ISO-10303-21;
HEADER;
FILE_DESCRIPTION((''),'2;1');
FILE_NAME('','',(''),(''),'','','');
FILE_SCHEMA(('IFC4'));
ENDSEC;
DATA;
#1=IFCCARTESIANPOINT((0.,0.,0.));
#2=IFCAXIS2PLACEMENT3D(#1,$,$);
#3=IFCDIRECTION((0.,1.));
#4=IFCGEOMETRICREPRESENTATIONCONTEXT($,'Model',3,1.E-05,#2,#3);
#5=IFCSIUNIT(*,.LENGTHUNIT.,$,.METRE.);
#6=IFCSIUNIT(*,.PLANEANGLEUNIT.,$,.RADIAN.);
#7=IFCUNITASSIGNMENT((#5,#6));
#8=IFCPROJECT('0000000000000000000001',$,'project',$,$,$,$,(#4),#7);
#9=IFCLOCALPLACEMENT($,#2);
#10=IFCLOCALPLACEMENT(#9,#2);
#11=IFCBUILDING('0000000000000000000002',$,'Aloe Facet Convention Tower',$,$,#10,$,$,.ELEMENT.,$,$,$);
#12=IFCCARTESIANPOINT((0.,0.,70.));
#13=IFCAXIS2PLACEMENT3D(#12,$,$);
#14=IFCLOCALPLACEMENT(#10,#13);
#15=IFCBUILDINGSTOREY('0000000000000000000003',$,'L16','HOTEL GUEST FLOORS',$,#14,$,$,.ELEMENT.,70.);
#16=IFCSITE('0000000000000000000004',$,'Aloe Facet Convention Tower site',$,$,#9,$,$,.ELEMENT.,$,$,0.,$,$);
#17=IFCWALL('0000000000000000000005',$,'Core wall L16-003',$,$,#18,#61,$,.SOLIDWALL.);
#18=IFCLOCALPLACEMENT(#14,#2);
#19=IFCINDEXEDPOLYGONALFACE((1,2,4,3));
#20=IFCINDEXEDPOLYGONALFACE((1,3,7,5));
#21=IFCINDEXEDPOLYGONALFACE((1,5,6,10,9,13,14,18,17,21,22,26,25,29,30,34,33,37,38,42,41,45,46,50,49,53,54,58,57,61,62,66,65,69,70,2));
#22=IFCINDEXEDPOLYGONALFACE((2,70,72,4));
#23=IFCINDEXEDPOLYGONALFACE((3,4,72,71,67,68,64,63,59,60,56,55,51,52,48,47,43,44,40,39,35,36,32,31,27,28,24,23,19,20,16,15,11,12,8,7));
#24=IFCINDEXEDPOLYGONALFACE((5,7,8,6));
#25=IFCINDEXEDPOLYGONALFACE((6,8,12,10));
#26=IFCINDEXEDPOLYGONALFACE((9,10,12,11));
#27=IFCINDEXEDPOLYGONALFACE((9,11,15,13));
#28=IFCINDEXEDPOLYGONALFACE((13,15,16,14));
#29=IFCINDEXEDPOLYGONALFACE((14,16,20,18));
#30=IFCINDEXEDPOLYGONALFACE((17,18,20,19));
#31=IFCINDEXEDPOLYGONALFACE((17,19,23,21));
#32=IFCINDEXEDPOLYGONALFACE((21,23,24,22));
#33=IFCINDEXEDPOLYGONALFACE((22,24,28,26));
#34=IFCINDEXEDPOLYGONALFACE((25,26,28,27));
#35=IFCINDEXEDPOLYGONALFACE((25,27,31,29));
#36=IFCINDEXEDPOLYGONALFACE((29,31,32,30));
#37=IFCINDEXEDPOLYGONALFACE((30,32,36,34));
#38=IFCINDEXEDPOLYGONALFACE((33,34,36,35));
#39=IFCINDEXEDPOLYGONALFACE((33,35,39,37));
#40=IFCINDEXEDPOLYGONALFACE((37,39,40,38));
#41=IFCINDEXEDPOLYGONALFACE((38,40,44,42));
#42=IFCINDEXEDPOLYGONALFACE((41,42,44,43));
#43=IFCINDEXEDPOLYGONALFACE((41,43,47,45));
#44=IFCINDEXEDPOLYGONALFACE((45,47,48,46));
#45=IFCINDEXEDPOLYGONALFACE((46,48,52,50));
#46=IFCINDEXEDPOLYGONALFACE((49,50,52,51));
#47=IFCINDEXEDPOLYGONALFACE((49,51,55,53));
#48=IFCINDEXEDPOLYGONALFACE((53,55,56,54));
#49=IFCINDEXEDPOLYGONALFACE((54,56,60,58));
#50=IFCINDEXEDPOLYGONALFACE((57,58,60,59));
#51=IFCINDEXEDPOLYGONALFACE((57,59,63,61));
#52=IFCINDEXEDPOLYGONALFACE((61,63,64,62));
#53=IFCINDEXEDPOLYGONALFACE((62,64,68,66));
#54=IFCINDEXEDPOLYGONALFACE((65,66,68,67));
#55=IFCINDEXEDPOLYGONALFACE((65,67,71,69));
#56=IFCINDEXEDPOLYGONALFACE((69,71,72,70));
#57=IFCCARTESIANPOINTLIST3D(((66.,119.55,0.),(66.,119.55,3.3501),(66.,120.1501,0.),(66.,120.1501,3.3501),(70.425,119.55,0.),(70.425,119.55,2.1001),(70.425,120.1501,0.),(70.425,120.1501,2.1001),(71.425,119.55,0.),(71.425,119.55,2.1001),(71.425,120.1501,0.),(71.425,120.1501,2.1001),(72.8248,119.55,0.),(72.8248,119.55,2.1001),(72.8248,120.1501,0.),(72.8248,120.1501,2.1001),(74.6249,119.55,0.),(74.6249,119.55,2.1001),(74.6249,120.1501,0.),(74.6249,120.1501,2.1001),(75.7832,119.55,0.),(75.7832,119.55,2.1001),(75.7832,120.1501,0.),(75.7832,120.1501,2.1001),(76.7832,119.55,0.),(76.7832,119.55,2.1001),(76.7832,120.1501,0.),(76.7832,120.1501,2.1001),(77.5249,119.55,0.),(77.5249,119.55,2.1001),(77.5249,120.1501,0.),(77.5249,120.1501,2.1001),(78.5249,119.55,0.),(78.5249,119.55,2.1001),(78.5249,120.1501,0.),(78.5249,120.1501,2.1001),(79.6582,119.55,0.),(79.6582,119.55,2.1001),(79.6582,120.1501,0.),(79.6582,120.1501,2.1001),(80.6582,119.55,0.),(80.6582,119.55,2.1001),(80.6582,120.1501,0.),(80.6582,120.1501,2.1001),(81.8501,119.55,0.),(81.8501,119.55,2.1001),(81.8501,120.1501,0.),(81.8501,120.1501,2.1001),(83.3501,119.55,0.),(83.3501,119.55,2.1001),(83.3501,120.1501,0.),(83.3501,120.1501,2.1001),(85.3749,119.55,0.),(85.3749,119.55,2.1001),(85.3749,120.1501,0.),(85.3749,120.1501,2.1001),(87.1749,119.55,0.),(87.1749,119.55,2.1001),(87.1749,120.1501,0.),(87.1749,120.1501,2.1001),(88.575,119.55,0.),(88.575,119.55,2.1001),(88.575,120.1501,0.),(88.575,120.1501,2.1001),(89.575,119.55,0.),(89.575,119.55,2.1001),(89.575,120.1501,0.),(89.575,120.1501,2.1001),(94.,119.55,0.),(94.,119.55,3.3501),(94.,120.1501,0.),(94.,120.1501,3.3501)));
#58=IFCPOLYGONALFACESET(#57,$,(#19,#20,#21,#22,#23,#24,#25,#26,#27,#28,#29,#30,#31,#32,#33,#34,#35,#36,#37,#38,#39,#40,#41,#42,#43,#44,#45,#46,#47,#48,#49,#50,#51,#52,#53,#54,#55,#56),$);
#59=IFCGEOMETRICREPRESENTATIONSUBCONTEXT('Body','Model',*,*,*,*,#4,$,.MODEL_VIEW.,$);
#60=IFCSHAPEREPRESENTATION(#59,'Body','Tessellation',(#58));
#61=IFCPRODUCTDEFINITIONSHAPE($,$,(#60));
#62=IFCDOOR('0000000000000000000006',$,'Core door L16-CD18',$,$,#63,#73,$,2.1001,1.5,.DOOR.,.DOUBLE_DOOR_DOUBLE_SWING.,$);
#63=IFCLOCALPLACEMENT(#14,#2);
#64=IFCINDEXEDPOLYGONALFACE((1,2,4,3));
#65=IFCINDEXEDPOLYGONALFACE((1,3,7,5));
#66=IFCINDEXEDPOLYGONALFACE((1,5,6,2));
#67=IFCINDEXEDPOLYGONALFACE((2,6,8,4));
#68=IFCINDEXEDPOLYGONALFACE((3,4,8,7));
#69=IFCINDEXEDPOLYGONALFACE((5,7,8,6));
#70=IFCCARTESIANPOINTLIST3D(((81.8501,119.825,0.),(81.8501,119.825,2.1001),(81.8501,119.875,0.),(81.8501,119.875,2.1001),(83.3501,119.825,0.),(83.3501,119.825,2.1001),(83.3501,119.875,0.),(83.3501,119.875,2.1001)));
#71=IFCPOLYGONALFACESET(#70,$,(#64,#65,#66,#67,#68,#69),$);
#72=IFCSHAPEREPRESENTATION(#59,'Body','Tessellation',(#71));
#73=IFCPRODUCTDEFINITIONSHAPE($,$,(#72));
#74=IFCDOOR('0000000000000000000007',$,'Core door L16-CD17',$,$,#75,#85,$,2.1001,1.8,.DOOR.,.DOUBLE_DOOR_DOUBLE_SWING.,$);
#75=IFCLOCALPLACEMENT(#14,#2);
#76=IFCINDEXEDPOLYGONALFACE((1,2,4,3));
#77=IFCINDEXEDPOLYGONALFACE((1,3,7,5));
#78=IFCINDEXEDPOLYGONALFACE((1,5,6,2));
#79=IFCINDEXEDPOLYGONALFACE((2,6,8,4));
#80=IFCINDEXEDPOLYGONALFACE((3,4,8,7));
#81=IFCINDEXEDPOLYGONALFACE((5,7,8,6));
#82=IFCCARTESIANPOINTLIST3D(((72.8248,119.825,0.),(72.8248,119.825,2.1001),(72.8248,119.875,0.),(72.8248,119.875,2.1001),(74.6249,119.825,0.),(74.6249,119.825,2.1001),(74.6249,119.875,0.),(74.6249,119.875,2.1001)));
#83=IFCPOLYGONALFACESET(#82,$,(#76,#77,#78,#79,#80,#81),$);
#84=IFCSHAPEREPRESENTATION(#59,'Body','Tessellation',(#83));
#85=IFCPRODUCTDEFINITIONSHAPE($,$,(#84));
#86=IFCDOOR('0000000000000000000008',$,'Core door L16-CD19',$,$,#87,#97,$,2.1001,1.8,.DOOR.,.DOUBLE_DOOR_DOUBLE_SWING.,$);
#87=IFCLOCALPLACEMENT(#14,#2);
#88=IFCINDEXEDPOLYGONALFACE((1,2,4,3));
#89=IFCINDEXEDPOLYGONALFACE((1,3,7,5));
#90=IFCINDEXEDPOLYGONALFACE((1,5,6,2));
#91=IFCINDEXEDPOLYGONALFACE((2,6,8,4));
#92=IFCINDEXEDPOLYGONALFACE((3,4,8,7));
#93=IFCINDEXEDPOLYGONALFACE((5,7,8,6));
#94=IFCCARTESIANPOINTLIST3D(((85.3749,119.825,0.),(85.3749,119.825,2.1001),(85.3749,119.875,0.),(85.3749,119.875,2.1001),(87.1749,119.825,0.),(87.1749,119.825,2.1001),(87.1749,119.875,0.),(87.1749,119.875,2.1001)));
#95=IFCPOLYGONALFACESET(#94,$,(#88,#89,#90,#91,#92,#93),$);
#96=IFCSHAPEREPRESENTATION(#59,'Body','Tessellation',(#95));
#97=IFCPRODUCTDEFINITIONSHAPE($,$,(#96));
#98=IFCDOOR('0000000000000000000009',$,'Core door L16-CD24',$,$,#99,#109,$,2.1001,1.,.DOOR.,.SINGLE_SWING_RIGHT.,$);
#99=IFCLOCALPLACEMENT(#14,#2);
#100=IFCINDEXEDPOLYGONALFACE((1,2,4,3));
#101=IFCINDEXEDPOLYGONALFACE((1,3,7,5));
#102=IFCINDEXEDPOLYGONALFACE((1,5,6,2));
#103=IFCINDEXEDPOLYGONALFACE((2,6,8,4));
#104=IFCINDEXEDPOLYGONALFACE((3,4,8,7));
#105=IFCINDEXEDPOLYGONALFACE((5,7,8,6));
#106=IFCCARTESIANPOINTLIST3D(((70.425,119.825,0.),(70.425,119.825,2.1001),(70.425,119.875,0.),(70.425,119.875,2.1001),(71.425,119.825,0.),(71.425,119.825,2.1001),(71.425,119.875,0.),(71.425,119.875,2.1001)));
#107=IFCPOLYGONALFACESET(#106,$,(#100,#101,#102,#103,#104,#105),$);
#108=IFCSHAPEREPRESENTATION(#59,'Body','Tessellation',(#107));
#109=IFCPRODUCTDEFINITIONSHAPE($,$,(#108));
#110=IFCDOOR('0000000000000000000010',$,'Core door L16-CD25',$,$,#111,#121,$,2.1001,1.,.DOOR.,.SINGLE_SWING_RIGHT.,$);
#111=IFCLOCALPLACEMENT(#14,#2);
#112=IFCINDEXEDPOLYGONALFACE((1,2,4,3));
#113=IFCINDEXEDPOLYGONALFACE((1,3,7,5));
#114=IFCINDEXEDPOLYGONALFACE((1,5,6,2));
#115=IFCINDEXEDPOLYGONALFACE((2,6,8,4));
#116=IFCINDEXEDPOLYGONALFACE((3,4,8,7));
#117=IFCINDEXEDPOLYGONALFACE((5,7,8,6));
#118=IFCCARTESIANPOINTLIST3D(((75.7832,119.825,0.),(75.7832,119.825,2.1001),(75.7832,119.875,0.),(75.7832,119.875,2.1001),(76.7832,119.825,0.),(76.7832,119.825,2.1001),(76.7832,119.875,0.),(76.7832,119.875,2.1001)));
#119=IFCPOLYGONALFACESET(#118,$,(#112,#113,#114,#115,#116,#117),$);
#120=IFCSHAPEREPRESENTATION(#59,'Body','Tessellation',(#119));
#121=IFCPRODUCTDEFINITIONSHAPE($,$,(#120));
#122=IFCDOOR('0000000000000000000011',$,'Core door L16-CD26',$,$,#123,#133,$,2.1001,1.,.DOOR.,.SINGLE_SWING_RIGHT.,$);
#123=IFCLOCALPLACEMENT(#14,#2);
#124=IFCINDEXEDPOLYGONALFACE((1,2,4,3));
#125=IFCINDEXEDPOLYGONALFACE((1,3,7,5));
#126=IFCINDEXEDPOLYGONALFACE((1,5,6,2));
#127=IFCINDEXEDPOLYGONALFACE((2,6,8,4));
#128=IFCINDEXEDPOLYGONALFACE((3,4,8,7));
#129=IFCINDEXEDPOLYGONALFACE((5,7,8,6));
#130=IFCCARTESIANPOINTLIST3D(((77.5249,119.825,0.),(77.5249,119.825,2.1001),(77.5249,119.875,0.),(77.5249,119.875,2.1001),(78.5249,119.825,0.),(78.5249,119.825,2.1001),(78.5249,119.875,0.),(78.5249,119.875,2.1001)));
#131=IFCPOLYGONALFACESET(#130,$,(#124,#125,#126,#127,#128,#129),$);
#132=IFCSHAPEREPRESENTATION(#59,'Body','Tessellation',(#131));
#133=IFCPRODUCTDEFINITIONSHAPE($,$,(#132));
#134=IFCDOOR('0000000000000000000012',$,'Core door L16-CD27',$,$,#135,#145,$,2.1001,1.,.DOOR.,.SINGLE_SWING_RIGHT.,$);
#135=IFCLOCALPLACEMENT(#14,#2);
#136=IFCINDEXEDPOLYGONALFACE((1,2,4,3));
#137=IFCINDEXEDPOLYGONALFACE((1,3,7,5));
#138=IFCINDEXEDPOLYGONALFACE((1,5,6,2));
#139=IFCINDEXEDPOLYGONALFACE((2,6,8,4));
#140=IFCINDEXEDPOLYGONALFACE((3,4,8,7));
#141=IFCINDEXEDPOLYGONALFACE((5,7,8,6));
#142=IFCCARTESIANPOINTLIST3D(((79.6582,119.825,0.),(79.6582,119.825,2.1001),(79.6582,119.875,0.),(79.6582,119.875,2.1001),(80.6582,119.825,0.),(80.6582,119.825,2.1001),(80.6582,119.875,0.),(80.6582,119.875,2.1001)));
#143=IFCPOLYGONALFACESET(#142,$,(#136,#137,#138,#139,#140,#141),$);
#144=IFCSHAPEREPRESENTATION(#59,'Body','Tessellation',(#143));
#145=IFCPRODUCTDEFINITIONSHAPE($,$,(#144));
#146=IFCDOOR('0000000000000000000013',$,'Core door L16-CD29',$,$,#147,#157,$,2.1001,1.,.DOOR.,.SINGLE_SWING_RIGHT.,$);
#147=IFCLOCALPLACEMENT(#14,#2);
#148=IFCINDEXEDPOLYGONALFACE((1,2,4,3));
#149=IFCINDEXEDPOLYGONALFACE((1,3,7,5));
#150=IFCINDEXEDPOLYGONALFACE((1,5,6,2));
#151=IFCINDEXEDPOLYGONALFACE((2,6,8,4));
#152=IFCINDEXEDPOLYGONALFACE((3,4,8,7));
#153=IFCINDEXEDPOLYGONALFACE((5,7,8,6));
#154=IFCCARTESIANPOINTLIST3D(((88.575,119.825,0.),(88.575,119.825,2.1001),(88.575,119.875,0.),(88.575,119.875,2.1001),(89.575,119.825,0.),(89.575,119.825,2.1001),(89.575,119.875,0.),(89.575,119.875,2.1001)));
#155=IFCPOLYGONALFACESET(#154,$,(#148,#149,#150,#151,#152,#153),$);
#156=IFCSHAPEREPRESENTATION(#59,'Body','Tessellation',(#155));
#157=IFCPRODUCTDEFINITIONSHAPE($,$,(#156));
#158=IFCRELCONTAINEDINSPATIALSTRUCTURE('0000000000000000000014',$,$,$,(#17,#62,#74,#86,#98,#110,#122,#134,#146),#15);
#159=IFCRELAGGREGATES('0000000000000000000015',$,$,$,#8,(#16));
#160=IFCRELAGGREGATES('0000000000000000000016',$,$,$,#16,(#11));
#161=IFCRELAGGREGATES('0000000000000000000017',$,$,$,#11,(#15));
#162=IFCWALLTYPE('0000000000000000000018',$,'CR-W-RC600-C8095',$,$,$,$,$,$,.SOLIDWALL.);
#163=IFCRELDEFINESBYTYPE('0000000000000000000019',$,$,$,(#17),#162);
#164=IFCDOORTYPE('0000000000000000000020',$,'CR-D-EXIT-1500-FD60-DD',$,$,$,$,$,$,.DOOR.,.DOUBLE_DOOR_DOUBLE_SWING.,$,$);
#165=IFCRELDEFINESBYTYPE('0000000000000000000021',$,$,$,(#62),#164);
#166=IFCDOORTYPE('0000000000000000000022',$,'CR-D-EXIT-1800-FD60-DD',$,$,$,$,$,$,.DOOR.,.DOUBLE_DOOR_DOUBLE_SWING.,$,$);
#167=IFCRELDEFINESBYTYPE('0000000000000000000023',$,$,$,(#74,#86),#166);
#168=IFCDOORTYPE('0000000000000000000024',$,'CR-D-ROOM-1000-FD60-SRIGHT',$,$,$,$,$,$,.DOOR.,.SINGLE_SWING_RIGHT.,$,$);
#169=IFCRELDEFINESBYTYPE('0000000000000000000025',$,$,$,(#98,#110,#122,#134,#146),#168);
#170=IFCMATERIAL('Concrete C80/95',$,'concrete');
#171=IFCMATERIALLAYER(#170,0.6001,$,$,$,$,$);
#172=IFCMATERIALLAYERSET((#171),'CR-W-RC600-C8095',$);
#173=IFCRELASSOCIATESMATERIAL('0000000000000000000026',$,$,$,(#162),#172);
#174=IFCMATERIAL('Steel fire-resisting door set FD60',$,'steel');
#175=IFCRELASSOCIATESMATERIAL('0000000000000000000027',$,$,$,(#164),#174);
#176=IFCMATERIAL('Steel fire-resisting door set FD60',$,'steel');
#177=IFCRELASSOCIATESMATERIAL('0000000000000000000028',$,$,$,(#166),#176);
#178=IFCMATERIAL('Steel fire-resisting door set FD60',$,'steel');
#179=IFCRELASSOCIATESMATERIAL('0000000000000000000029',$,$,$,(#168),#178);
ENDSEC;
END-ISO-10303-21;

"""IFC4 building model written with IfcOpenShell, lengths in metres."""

from ifc_helpers import new_model, si_unit, direction, frame, frame_2d, origin, place, context, subcontext, project, spatial, rectangle, extrude, material, layer, layer_set, type_object, element, fill, save


model = new_model("IFC4")

# Units and contexts
model_context = context("Model", 3, precision=1e-05, world=origin(), true_north=direction((0.0, 1.0)))
body_context = subcontext(model_context, "Body", "Model", "MODEL_VIEW")
ifc_project = project(units=[si_unit("LENGTHUNIT", "METRE"), si_unit("PLANEANGLEUNIT", "RADIAN")], contexts=[model_context])

# Site, building, storey
site_placement = place(None, origin())
site = spatial("IfcSite", under=ifc_project, at=site_placement, Name="Aloe Facet Convention Tower site", CompositionType="ELEMENT", RefElevation=0.0)
building_placement = place(site_placement, origin())
building = spatial("IfcBuilding", under=site, at=building_placement, Name="Aloe Facet Convention Tower", CompositionType="ELEMENT")
storey_placement = place(building_placement, frame((0.0, 0.0, 70.0)))
storey = spatial("IfcBuildingStorey", under=building, at=storey_placement, Name="L16", Description="HOTEL GUEST FLOORS", CompositionType="ELEMENT", Elevation=70.0)

# Wall, openings, doors
ifc_material_1 = material(Name="Concrete C80/95", Category="concrete")
ifc_layer_1 = layer(ifc_material_1, 0.6001)
ifc_layer_set_1 = layer_set([ifc_layer_1], Name="CR-W-RC600-C8095")
wall_type_1 = type_object("IfcWallType", Name="CR-W-RC600-C8095", PredefinedType="SOLIDWALL", material=ifc_layer_set_1)
wall_1_placement = place(storey_placement, frame((66.0, 119.8501, 0.0), z_axis=(0.0, 0.0, 1.0), x_axis=(1.0, 0.0, 0.0)))
wall_1 = element("IfcWall", 1, at=wall_1_placement, inside=storey, type_object=wall_type_1, Name="Core wall L16-003", PredefinedType="SOLIDWALL", context=body_context, shape_type="SweptSolid", body=[
    extrude(rectangle(XDim=28.0, YDim=0.6001, at=frame_2d((14.0, 0.0))), origin(), (0.0, 0.0, 1.0), 3.3501),
])
opening_1_placement = place(wall_1_placement, frame((6.825, 0.0, 0.0)))
opening_1 = element("IfcOpeningElement", 2, at=opening_1_placement, cuts=wall_1, PredefinedType="OPENING", context=body_context, shape_type="SweptSolid", body=[
    extrude(rectangle(XDim=1.8, YDim=2.1001, at=frame_2d((0.8999, 1.05))), frame((0.0, 0.3101, 0.0), z_axis=(0.0, -1.0, 0.0), x_axis=(1.0, 0.0, 0.0)), (0.0, 0.0, 1.0), 0.6201),
])
opening_2_placement = place(wall_1_placement, frame((15.8501, 0.0, 0.0)))
opening_2 = element("IfcOpeningElement", 3, at=opening_2_placement, cuts=wall_1, PredefinedType="OPENING", context=body_context, shape_type="SweptSolid", body=[
    extrude(rectangle(XDim=1.5, YDim=2.1001, at=frame_2d((0.75, 1.05))), frame((0.0, 0.3101, 0.0), z_axis=(0.0, -1.0, 0.0), x_axis=(1.0, 0.0, 0.0)), (0.0, 0.0, 1.0), 0.6201),
])
opening_3_placement = place(wall_1_placement, frame((19.375, 0.0, 0.0)))
opening_3 = element("IfcOpeningElement", 4, at=opening_3_placement, cuts=wall_1, PredefinedType="OPENING", context=body_context, shape_type="SweptSolid", body=[
    extrude(rectangle(XDim=1.8, YDim=2.1001, at=frame_2d((0.8999, 1.05))), frame((0.0, 0.3101, 0.0), z_axis=(0.0, -1.0, 0.0), x_axis=(1.0, 0.0, 0.0)), (0.0, 0.0, 1.0), 0.6201),
])
opening_4_placement = place(wall_1_placement, frame((4.425, 0.0, 0.0)))
opening_4 = element("IfcOpeningElement", 5, at=opening_4_placement, cuts=wall_1, PredefinedType="OPENING", context=body_context, shape_type="SweptSolid", body=[
    extrude(rectangle(XDim=1.0, YDim=2.1001, at=frame_2d((0.5, 1.05))), frame((0.0, 0.3101, 0.0), z_axis=(0.0, -1.0, 0.0), x_axis=(1.0, 0.0, 0.0)), (0.0, 0.0, 1.0), 0.6201),
])
opening_5_placement = place(wall_1_placement, frame((9.7832, 0.0, 0.0)))
opening_5 = element("IfcOpeningElement", 6, at=opening_5_placement, cuts=wall_1, PredefinedType="OPENING", context=body_context, shape_type="SweptSolid", body=[
    extrude(rectangle(XDim=1.0, YDim=2.1001, at=frame_2d((0.5, 1.05))), frame((0.0, 0.3101, 0.0), z_axis=(0.0, -1.0, 0.0), x_axis=(1.0, 0.0, 0.0)), (0.0, 0.0, 1.0), 0.6201),
])
opening_6_placement = place(wall_1_placement, frame((11.5249, 0.0, 0.0)))
opening_6 = element("IfcOpeningElement", 7, at=opening_6_placement, cuts=wall_1, PredefinedType="OPENING", context=body_context, shape_type="SweptSolid", body=[
    extrude(rectangle(XDim=1.0, YDim=2.1001, at=frame_2d((0.5, 1.05))), frame((0.0, 0.3101, 0.0), z_axis=(0.0, -1.0, 0.0), x_axis=(1.0, 0.0, 0.0)), (0.0, 0.0, 1.0), 0.6201),
])
opening_7_placement = place(wall_1_placement, frame((13.6582, 0.0, 0.0)))
opening_7 = element("IfcOpeningElement", 8, at=opening_7_placement, cuts=wall_1, PredefinedType="OPENING", context=body_context, shape_type="SweptSolid", body=[
    extrude(rectangle(XDim=1.0, YDim=2.1001, at=frame_2d((0.5, 1.05))), frame((0.0, 0.3101, 0.0), z_axis=(0.0, -1.0, 0.0), x_axis=(1.0, 0.0, 0.0)), (0.0, 0.0, 1.0), 0.6201),
])
opening_8_placement = place(wall_1_placement, frame((22.575, 0.0, 0.0)))
opening_8 = element("IfcOpeningElement", 9, at=opening_8_placement, cuts=wall_1, PredefinedType="OPENING", context=body_context, shape_type="SweptSolid", body=[
    extrude(rectangle(XDim=1.0, YDim=2.1001, at=frame_2d((0.5, 1.05))), frame((0.0, 0.3101, 0.0), z_axis=(0.0, -1.0, 0.0), x_axis=(1.0, 0.0, 0.0)), (0.0, 0.0, 1.0), 0.6201),
])
ifc_material_2 = material(Name="Steel fire-resisting door set FD60", Category="steel")
door_type_1 = type_object("IfcDoorType", Name="CR-D-EXIT-1500-FD60-DD", OperationType="DOUBLE_DOOR_DOUBLE_SWING", PredefinedType="DOOR", material=ifc_material_2)
door_1_placement = place(opening_2_placement, origin())
door_1 = element("IfcDoor", 10, at=door_1_placement, inside=storey, type_object=door_type_1, Name="Core door L16-CD18", OperationType="DOUBLE_DOOR_DOUBLE_SWING", OverallHeight=2.1001, OverallWidth=1.5, PredefinedType="DOOR", context=body_context, shape_type="SweptSolid", body=[
    extrude(rectangle(XDim=1.5, YDim=2.1001, at=frame_2d((0.75, 1.05))), frame((0.0, 0.0249, 0.0), z_axis=(0.0, -1.0, 0.0), x_axis=(1.0, 0.0, 0.0)), (0.0, 0.0, 1.0), 0.05),
])
fill(opening_2, door_1)
ifc_material_3 = material(Name="Steel fire-resisting door set FD60", Category="steel")
door_type_2 = type_object("IfcDoorType", Name="CR-D-EXIT-1800-FD60-DD", OperationType="DOUBLE_DOOR_DOUBLE_SWING", PredefinedType="DOOR", material=ifc_material_3)
door_2_placement = place(opening_1_placement, origin())
door_2 = element("IfcDoor", 11, at=door_2_placement, inside=storey, type_object=door_type_2, Name="Core door L16-CD17", OperationType="DOUBLE_DOOR_DOUBLE_SWING", OverallHeight=2.1001, OverallWidth=1.8, PredefinedType="DOOR", context=body_context, shape_type="SweptSolid", body=[
    extrude(rectangle(XDim=1.8, YDim=2.1001, at=frame_2d((0.8999, 1.05))), frame((0.0, 0.0249, 0.0), z_axis=(0.0, -1.0, 0.0), x_axis=(1.0, 0.0, 0.0)), (0.0, 0.0, 1.0), 0.05),
])
fill(opening_1, door_2)
door_3_placement = place(opening_3_placement, origin())
door_3 = element("IfcDoor", 12, at=door_3_placement, inside=storey, type_object=door_type_2, Name="Core door L16-CD19", OperationType="DOUBLE_DOOR_DOUBLE_SWING", OverallHeight=2.1001, OverallWidth=1.8, PredefinedType="DOOR", context=body_context, shape_type="SweptSolid", body=[
    extrude(rectangle(XDim=1.8, YDim=2.1001, at=frame_2d((0.8999, 1.05))), frame((0.0, 0.0249, 0.0), z_axis=(0.0, -1.0, 0.0), x_axis=(1.0, 0.0, 0.0)), (0.0, 0.0, 1.0), 0.05),
])
fill(opening_3, door_3)
ifc_material_4 = material(Name="Steel fire-resisting door set FD60", Category="steel")
door_type_3 = type_object("IfcDoorType", Name="CR-D-ROOM-1000-FD60-SRIGHT", OperationType="SINGLE_SWING_RIGHT", PredefinedType="DOOR", material=ifc_material_4)
door_4_placement = place(opening_4_placement, origin())
door_4 = element("IfcDoor", 13, at=door_4_placement, inside=storey, type_object=door_type_3, Name="Core door L16-CD24", OperationType="SINGLE_SWING_RIGHT", OverallHeight=2.1001, OverallWidth=1.0, PredefinedType="DOOR", context=body_context, shape_type="SweptSolid", body=[
    extrude(rectangle(XDim=1.0, YDim=2.1001, at=frame_2d((0.5, 1.05))), frame((0.0, 0.0249, 0.0), z_axis=(0.0, -1.0, 0.0), x_axis=(1.0, 0.0, 0.0)), (0.0, 0.0, 1.0), 0.05),
])
fill(opening_4, door_4)
door_5_placement = place(opening_5_placement, origin())
door_5 = element("IfcDoor", 14, at=door_5_placement, inside=storey, type_object=door_type_3, Name="Core door L16-CD25", OperationType="SINGLE_SWING_RIGHT", OverallHeight=2.1001, OverallWidth=1.0, PredefinedType="DOOR", context=body_context, shape_type="SweptSolid", body=[
    extrude(rectangle(XDim=1.0, YDim=2.1001, at=frame_2d((0.5, 1.05))), frame((0.0, 0.0249, 0.0), z_axis=(0.0, -1.0, 0.0), x_axis=(1.0, 0.0, 0.0)), (0.0, 0.0, 1.0), 0.05),
])
fill(opening_5, door_5)
door_6_placement = place(opening_6_placement, origin())
door_6 = element("IfcDoor", 15, at=door_6_placement, inside=storey, type_object=door_type_3, Name="Core door L16-CD26", OperationType="SINGLE_SWING_RIGHT", OverallHeight=2.1001, OverallWidth=1.0, PredefinedType="DOOR", context=body_context, shape_type="SweptSolid", body=[
    extrude(rectangle(XDim=1.0, YDim=2.1001, at=frame_2d((0.5, 1.05))), frame((0.0, 0.0249, 0.0), z_axis=(0.0, -1.0, 0.0), x_axis=(1.0, 0.0, 0.0)), (0.0, 0.0, 1.0), 0.05),
])
fill(opening_6, door_6)
door_7_placement = place(opening_7_placement, origin())
door_7 = element("IfcDoor", 16, at=door_7_placement, inside=storey, type_object=door_type_3, Name="Core door L16-CD27", OperationType="SINGLE_SWING_RIGHT", OverallHeight=2.1001, OverallWidth=1.0, PredefinedType="DOOR", context=body_context, shape_type="SweptSolid", body=[
    extrude(rectangle(XDim=1.0, YDim=2.1001, at=frame_2d((0.5, 1.05))), frame((0.0, 0.0249, 0.0), z_axis=(0.0, -1.0, 0.0), x_axis=(1.0, 0.0, 0.0)), (0.0, 0.0, 1.0), 0.05),
])
fill(opening_7, door_7)
door_8_placement = place(opening_8_placement, origin())
door_8 = element("IfcDoor", 17, at=door_8_placement, inside=storey, type_object=door_type_3, Name="Core door L16-CD29", OperationType="SINGLE_SWING_RIGHT", OverallHeight=2.1001, OverallWidth=1.0, PredefinedType="DOOR", context=body_context, shape_type="SweptSolid", body=[
    extrude(rectangle(XDim=1.0, YDim=2.1001, at=frame_2d((0.5, 1.05))), frame((0.0, 0.0249, 0.0), z_axis=(0.0, -1.0, 0.0), x_axis=(1.0, 0.0, 0.0)), (0.0, 0.0, 1.0), 0.05),
])
fill(opening_8, door_8)

save(model, "model.ifc")
